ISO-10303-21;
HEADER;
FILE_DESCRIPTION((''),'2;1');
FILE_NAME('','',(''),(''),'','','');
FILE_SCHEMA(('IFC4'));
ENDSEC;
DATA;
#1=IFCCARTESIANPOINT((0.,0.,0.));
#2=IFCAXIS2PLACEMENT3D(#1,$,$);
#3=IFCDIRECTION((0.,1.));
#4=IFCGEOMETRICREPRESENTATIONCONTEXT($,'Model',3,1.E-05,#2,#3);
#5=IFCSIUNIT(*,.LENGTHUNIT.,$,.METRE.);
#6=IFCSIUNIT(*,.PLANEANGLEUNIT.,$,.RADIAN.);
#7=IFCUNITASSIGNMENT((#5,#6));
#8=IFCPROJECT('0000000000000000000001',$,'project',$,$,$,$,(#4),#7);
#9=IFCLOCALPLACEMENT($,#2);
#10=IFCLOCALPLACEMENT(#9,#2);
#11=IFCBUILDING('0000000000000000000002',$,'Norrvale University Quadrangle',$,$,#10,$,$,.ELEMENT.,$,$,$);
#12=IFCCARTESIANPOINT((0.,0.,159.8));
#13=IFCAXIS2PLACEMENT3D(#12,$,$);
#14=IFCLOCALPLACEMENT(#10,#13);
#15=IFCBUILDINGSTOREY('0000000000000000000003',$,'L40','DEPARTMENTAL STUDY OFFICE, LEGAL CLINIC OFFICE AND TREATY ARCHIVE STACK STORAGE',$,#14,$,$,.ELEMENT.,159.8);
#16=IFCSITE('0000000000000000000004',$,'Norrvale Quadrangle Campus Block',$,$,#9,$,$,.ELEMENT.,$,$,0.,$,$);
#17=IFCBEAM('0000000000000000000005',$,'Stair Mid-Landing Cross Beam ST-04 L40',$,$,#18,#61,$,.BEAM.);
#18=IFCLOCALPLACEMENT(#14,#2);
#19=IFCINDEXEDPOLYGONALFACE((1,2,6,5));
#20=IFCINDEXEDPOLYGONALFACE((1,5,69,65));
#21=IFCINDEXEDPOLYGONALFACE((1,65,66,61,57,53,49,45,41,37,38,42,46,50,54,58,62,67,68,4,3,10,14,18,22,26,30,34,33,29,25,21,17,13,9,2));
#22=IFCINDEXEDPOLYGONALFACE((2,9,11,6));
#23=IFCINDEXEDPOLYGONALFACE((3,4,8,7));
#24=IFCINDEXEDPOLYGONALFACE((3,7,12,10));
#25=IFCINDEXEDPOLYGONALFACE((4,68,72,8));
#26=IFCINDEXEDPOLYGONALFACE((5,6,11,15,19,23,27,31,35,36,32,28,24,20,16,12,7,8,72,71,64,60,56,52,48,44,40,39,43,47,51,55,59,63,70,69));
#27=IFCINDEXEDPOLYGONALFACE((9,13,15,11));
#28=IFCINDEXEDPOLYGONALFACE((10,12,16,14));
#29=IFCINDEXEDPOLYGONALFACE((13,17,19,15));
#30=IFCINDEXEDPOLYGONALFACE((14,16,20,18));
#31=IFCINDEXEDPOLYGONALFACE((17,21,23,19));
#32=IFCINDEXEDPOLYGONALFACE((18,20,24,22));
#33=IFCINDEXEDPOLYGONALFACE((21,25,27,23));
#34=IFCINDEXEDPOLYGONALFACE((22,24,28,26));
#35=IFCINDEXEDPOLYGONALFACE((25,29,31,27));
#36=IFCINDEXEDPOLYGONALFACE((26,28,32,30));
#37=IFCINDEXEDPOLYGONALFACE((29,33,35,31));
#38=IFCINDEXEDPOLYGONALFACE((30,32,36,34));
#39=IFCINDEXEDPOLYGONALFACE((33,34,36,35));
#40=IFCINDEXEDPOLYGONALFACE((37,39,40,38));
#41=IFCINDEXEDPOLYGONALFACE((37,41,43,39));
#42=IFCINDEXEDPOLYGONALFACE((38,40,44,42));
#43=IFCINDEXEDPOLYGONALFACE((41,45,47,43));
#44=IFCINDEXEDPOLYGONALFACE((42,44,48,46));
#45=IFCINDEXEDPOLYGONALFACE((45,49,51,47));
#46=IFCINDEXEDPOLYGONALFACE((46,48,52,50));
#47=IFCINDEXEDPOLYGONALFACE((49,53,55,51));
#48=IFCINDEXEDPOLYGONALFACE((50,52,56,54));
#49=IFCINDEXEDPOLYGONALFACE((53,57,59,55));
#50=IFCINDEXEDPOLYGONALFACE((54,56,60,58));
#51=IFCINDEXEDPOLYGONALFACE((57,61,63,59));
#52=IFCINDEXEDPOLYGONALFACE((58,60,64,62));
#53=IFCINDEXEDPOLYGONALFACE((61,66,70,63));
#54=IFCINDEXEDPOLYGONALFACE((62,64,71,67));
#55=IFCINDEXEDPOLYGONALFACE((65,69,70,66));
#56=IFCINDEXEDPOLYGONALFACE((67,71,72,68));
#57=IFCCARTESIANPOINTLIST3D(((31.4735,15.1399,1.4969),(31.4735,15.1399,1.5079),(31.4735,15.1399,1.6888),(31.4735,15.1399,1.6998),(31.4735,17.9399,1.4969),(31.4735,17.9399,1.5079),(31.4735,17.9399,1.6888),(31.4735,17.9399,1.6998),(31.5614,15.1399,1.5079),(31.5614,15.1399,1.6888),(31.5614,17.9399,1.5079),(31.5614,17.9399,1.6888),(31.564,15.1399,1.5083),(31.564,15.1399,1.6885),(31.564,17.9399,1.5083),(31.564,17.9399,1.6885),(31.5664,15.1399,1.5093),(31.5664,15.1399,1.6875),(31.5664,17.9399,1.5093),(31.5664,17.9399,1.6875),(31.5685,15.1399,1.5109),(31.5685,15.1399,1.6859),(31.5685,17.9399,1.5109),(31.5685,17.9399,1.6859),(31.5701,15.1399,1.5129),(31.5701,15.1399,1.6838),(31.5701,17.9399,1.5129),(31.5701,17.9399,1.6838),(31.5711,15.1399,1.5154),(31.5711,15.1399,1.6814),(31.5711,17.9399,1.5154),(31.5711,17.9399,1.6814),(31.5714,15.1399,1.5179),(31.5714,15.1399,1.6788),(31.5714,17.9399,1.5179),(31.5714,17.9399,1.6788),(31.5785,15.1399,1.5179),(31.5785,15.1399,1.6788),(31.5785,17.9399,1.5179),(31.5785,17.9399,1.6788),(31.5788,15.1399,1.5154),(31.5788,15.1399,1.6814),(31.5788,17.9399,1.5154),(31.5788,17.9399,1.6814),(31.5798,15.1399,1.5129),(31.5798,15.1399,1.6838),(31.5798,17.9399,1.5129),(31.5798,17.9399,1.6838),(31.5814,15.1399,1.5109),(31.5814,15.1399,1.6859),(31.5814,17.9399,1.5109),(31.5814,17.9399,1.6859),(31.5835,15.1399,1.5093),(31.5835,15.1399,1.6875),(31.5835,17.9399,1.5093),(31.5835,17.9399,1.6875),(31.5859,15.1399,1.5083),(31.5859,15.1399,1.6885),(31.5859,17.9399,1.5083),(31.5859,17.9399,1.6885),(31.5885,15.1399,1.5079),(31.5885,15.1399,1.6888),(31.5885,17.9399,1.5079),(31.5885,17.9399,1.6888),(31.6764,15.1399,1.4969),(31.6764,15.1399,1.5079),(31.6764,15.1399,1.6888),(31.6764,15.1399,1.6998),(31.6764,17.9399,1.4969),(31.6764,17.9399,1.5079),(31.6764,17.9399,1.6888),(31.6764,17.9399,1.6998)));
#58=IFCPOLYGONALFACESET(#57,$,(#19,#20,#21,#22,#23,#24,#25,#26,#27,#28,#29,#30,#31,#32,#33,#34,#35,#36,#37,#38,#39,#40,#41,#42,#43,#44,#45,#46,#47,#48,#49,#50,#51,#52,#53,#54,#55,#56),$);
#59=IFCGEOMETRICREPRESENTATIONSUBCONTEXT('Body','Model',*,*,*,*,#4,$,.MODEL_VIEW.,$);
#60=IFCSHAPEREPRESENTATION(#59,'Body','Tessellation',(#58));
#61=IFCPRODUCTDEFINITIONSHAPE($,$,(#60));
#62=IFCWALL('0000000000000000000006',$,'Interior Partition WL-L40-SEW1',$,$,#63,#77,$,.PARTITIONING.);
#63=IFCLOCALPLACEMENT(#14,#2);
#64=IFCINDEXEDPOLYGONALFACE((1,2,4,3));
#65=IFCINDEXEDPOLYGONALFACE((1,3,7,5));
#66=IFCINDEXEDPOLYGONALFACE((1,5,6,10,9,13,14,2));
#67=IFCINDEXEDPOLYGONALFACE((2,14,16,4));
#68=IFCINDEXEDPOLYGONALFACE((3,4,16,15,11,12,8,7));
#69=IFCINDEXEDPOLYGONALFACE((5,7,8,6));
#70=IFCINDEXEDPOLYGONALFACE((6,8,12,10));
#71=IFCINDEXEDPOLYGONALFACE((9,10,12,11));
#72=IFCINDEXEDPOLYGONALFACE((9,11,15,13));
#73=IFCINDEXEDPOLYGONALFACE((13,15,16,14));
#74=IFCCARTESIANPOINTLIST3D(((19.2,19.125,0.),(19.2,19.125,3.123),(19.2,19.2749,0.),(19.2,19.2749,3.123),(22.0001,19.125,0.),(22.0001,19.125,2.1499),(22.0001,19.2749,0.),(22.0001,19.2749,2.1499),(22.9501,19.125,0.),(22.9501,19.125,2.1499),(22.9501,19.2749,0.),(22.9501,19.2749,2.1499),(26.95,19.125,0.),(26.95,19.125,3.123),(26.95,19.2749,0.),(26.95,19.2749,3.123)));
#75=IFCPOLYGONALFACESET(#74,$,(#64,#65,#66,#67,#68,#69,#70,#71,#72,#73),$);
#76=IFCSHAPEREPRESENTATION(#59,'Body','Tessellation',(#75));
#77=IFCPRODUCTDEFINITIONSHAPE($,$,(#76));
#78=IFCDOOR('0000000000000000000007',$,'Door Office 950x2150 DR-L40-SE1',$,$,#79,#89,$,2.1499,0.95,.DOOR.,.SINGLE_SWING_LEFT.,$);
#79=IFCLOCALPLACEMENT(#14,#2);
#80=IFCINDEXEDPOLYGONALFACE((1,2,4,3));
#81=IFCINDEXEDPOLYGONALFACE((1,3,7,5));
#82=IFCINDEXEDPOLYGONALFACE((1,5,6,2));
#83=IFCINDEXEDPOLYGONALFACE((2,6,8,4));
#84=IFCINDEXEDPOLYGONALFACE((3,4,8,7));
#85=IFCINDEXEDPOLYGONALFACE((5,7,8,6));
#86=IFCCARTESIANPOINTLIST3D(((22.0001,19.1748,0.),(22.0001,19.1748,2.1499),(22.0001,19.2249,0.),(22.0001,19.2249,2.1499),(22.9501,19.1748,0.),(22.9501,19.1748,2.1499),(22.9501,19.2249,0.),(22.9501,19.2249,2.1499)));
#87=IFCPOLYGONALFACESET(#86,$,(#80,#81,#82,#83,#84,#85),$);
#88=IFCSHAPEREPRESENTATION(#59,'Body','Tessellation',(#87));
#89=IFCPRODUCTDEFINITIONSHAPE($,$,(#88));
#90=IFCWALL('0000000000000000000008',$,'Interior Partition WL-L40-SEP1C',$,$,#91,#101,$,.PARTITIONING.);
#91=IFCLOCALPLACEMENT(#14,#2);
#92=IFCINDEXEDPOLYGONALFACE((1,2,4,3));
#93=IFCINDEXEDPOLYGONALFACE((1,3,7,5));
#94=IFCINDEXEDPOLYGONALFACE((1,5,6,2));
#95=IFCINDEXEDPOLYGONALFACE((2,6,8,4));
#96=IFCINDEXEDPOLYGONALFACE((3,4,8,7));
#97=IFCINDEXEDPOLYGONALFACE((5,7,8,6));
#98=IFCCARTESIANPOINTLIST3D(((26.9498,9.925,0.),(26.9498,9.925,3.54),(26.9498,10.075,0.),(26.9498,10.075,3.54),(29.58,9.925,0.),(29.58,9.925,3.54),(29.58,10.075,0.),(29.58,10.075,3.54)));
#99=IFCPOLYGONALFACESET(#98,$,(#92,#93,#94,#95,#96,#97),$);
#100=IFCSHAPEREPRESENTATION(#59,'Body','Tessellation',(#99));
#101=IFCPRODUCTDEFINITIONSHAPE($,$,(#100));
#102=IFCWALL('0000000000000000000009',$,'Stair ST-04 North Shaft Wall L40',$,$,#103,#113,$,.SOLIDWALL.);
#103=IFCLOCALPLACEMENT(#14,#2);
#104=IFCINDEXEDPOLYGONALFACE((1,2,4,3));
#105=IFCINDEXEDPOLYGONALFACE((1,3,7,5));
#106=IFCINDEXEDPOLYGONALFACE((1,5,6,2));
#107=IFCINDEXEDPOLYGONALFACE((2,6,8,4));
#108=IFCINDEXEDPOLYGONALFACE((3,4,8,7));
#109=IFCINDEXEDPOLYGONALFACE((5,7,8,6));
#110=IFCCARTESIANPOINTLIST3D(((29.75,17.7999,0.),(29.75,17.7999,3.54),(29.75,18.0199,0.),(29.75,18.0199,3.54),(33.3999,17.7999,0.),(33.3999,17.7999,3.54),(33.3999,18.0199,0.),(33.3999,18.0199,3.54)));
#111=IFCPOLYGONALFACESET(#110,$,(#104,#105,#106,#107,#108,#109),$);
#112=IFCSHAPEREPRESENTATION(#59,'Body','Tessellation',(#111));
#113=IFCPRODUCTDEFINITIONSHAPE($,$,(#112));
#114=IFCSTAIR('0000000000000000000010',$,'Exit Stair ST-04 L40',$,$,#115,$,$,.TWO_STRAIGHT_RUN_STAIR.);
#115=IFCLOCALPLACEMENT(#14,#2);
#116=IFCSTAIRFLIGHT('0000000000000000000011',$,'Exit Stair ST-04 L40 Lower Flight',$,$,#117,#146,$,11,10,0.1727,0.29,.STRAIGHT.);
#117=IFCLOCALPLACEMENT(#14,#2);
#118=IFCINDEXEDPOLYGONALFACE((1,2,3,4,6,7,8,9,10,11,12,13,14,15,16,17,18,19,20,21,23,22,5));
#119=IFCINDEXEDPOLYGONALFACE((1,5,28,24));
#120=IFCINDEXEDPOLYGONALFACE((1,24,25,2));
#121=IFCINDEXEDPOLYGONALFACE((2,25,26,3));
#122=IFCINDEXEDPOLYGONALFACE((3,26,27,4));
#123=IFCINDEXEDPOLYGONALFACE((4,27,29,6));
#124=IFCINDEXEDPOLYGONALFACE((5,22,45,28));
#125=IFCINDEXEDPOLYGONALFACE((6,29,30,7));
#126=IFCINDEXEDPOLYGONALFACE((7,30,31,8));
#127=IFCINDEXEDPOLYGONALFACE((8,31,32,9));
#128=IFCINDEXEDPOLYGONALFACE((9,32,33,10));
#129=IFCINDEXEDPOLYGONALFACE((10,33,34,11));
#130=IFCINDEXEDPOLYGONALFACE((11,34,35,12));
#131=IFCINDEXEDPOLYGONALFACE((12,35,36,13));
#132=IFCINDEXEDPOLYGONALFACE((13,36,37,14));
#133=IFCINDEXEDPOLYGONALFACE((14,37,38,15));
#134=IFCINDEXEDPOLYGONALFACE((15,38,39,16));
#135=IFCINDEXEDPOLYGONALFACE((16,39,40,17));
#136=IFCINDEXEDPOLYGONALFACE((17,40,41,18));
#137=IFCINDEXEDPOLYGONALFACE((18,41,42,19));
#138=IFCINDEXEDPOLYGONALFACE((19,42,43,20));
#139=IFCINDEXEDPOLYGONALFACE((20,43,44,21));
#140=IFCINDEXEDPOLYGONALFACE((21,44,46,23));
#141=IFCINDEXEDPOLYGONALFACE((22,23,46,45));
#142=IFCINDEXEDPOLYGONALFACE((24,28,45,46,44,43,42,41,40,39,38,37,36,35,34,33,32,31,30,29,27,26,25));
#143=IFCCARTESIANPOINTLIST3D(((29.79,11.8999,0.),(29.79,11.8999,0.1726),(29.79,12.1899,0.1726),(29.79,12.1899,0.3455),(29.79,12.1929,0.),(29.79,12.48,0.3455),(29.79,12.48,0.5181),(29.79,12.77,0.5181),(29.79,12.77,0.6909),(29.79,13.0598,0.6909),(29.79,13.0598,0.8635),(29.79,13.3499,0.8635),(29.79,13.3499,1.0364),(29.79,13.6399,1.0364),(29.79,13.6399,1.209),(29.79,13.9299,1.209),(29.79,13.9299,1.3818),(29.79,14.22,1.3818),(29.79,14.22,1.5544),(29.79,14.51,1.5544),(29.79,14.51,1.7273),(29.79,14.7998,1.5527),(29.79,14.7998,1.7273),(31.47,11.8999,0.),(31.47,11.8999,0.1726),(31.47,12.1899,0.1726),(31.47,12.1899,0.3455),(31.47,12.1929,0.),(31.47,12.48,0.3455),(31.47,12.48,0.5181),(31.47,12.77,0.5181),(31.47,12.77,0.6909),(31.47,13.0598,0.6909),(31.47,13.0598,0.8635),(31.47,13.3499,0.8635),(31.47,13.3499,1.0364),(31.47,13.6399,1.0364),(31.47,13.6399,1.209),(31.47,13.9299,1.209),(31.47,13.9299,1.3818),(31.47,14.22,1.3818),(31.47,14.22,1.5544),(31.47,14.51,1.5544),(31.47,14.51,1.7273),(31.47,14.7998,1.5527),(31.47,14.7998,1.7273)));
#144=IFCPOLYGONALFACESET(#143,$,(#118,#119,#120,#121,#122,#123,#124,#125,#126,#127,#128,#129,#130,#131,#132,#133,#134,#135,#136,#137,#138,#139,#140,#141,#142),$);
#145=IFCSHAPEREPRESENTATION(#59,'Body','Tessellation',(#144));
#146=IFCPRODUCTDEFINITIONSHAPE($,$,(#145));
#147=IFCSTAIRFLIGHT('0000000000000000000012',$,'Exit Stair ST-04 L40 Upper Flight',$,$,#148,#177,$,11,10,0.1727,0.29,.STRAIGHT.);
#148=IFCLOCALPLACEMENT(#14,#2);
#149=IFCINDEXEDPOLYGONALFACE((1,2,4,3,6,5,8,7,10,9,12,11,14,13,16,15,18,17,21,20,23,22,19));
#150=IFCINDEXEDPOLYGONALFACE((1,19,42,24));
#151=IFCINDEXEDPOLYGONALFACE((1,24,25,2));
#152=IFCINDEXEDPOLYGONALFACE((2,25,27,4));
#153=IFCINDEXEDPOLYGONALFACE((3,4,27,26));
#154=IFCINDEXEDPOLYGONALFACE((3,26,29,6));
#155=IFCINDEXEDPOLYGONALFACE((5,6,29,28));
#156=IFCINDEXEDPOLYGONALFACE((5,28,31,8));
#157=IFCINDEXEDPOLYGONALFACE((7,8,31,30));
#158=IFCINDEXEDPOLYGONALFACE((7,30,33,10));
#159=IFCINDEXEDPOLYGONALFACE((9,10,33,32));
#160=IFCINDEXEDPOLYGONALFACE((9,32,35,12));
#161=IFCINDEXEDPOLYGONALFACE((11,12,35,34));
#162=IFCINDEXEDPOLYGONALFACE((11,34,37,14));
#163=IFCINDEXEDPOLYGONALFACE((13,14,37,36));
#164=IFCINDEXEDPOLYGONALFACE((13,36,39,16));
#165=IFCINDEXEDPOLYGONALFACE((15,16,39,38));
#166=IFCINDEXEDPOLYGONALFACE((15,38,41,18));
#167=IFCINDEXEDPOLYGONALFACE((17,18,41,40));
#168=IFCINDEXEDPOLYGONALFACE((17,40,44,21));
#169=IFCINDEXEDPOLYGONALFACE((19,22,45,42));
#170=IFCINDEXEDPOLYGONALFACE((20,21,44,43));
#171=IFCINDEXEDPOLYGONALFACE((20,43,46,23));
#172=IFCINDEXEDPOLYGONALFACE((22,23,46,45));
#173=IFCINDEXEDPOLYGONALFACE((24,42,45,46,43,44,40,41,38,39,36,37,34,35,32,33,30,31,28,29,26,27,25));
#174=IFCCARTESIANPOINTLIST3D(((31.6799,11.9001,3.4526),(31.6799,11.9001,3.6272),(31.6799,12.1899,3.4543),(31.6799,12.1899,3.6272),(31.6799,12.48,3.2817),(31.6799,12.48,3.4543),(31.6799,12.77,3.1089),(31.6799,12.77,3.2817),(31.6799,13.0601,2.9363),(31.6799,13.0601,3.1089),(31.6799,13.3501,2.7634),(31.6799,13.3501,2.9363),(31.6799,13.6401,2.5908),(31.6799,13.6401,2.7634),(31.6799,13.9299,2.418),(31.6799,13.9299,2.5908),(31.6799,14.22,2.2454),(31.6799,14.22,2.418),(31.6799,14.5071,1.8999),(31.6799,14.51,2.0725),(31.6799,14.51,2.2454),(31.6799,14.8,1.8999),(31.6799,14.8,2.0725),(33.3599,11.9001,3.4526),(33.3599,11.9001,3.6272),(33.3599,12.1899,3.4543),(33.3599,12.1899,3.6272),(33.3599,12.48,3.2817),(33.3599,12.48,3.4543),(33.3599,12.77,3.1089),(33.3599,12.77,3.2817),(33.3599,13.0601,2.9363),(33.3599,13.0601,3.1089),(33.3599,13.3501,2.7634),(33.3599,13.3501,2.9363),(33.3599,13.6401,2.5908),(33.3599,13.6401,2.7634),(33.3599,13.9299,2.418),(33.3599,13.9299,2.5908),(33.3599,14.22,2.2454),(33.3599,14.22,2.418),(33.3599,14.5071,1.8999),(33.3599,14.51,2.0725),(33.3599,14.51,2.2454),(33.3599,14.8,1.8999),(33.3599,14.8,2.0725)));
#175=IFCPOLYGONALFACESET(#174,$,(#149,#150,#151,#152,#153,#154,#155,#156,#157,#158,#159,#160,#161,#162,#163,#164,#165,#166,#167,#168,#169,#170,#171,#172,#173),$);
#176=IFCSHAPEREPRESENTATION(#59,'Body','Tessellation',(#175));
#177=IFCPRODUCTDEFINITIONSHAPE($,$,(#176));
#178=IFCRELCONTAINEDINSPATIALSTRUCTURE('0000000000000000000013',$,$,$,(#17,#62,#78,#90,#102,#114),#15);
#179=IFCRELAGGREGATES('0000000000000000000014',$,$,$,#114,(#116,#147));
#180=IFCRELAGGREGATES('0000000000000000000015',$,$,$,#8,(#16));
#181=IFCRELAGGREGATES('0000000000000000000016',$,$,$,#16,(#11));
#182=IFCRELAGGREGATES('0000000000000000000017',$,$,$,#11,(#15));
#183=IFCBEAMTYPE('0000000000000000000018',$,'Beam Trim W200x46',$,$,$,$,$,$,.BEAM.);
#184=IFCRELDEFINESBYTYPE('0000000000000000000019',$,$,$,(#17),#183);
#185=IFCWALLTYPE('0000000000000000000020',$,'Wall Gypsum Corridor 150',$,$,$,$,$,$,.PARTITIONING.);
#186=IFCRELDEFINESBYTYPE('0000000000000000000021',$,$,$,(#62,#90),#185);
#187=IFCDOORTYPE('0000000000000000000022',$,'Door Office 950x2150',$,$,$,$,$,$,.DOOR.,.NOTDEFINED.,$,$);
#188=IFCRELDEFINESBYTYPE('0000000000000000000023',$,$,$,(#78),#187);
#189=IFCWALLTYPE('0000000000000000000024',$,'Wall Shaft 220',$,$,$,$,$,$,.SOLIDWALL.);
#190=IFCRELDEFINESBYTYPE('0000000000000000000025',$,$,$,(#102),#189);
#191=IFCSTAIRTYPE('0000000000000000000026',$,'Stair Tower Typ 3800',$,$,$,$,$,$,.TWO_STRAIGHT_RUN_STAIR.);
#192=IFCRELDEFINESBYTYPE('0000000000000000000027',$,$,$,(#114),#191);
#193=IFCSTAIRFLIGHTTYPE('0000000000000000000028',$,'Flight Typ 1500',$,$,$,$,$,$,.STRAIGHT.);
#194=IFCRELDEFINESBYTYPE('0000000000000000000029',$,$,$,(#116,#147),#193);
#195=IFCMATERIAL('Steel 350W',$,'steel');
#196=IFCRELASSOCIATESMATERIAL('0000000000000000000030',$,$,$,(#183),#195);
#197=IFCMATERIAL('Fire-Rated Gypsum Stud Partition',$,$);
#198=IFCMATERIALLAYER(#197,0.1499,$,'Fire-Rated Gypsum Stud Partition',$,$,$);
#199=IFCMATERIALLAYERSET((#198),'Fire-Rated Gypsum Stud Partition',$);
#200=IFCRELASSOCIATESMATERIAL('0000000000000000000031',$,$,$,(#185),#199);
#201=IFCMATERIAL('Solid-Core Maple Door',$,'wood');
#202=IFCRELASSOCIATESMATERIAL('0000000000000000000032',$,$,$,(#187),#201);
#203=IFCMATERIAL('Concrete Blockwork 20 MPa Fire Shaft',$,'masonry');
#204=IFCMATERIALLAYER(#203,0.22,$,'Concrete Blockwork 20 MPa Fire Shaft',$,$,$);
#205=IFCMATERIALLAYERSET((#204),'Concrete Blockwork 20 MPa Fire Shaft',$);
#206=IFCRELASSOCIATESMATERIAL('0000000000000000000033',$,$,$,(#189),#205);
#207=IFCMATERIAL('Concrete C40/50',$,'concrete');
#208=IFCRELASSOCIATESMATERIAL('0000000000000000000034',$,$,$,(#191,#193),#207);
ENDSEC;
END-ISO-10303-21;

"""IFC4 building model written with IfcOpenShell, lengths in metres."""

from ifc_helpers import new_model, si_unit, direction, frame, frame_2d, origin, origin_2d, place, context, subcontext, project, spatial, polyline, rectangle, i_section, outline, extrude, material, layer, layer_set, material_profile, profile_set, type_object, element, fill, aggregate, save


model = new_model("IFC4")

# Units and contexts
model_context = context("Model", 3, precision=1e-05, world=origin(), true_north=direction((0.0, 1.0)))
body_context = subcontext(model_context, "Body", "Model", "MODEL_VIEW")
ifc_project = project(units=[si_unit("LENGTHUNIT", "METRE"), si_unit("PLANEANGLEUNIT", "RADIAN")], contexts=[model_context])

# Site, building, storey
site_placement = place(None, origin())
site = spatial("IfcSite", under=ifc_project, at=site_placement, Name="Norrvale Quadrangle Campus Block", CompositionType="ELEMENT", RefElevation=0.0)
building_placement = place(site_placement, origin())
building = spatial("IfcBuilding", under=site, at=building_placement, Name="Norrvale University Quadrangle", CompositionType="ELEMENT")
storey_placement = place(building_placement, frame((0.0, 0.0, 159.8)))
storey = spatial("IfcBuildingStorey", under=building, at=storey_placement, Name="L40", Description="DEPARTMENTAL STUDY OFFICE, LEGAL CLINIC OFFICE AND TREATY ARCHIVE STACK STORAGE", CompositionType="ELEMENT", Elevation=159.8)

# Beam
ifc_material_1 = material(Name="Steel 350W", Category="steel")
ifc_material_profile_1 = material_profile(ifc_material_1, i_section(OverallWidth=0.2029, OverallDepth=0.2029, WebThickness=0.0071, FlangeThickness=0.011, FilletRadius=0.01, at=origin_2d()), Name="Steel 350W")
ifc_profile_set_1 = profile_set([ifc_material_profile_1], Name="Steel 350W")
beam_type_1 = type_object("IfcBeamType", Name="Beam Trim W200x46", PredefinedType="BEAM", material=ifc_profile_set_1)
beam_1_placement = place(storey_placement, frame((31.575, 15.1399, 1.5984), z_axis=(0.0, 1.0, 0.0), x_axis=(-1.0, 0.0, 0.0)))
element("IfcBeam", 1, at=beam_1_placement, inside=storey, type_object=beam_type_1, Name="Stair Mid-Landing Cross Beam ST-04 L40", PredefinedType="BEAM", context=body_context, shape_type="SweptSolid", body=[
    extrude(i_section(OverallWidth=0.2029, OverallDepth=0.2029, WebThickness=0.0071, FlangeThickness=0.011, FilletRadius=0.01, at=origin_2d()), origin(), (0.0, 0.0, 1.0), 2.8),
])

# Wall, opening, door
ifc_material_2 = material(Name="Fire-Rated Gypsum Stud Partition")
ifc_layer_1 = layer(ifc_material_2, 0.1499, Name="Fire-Rated Gypsum Stud Partition")
ifc_layer_set_1 = layer_set([ifc_layer_1], Name="Fire-Rated Gypsum Stud Partition")
wall_type_1 = type_object("IfcWallType", Name="Wall Gypsum Corridor 150", PredefinedType="PARTITIONING", material=ifc_layer_set_1)
wall_1_placement = place(storey_placement, frame((19.2, 19.2, 0.0), z_axis=(0.0, 0.0, 1.0), x_axis=(1.0, 0.0, 0.0)))
wall_1 = element("IfcWall", 2, at=wall_1_placement, inside=storey, type_object=wall_type_1, Name="Interior Partition WL-L40-SEW1", PredefinedType="PARTITIONING", context=body_context, shape_type="SweptSolid", body=[
    extrude(rectangle(XDim=7.75, YDim=0.1499, at=frame_2d((3.875, 0.0))), origin(), (0.0, 0.0, 1.0), 3.123),
])
opening_placement = place(wall_1_placement, frame((2.8, 0.0, 0.0)))
opening = element("IfcOpeningElement", 3, at=opening_placement, cuts=wall_1, PredefinedType="OPENING", context=body_context, shape_type="SweptSolid", body=[
    extrude(rectangle(XDim=0.95, YDim=2.1499, at=frame_2d((0.4751, 1.075))), frame((0.0, 0.0869, 0.0), z_axis=(0.0, -1.0, 0.0), x_axis=(1.0, 0.0, 0.0)), (0.0, 0.0, 1.0), 0.1738),
])
ifc_material_3 = material(Name="Solid-Core Maple Door", Category="wood")
door_type = type_object("IfcDoorType", Name="Door Office 950x2150", OperationType="NOTDEFINED", PredefinedType="DOOR", material=ifc_material_3)
door_placement = place(opening_placement, origin())
door = element("IfcDoor", 4, at=door_placement, inside=storey, type_object=door_type, Name="Door Office 950x2150 DR-L40-SE1", OperationType="SINGLE_SWING_LEFT", OverallHeight=2.1499, OverallWidth=0.95, PredefinedType="DOOR", context=body_context, shape_type="SweptSolid", body=[
    extrude(rectangle(XDim=0.95, YDim=2.1499, at=frame_2d((0.4751, 1.075))), frame((0.0, 0.0249, 0.0), z_axis=(0.0, -1.0, 0.0), x_axis=(1.0, 0.0, 0.0)), (0.0, 0.0, 1.0), 0.05),
])
fill(opening, door)

# Walls
wall_2_placement = place(storey_placement, frame((26.95, 10.0, 0.0), z_axis=(0.0, 0.0, 1.0), x_axis=(1.0, 0.0, 0.0)))
element("IfcWall", 5, at=wall_2_placement, inside=storey, type_object=wall_type_1, Name="Interior Partition WL-L40-SEP1C", PredefinedType="PARTITIONING", context=body_context, shape_type="SweptSolid", body=[
    extrude(rectangle(XDim=2.6301, YDim=0.1499, at=frame_2d((1.3149, 0.0))), origin(), (0.0, 0.0, 1.0), 3.54),
])
ifc_material_4 = material(Name="Concrete Blockwork 20 MPa Fire Shaft", Category="masonry")
ifc_layer_2 = layer(ifc_material_4, 0.22, Name="Concrete Blockwork 20 MPa Fire Shaft")
ifc_layer_set_2 = layer_set([ifc_layer_2], Name="Concrete Blockwork 20 MPa Fire Shaft")
wall_type_2 = type_object("IfcWallType", Name="Wall Shaft 220", PredefinedType="SOLIDWALL", material=ifc_layer_set_2)
wall_3_placement = place(storey_placement, frame((29.75, 17.9099, 0.0), z_axis=(0.0, 0.0, 1.0), x_axis=(1.0, 0.0, 0.0)))
element("IfcWall", 6, at=wall_3_placement, inside=storey, type_object=wall_type_2, Name="Stair ST-04 North Shaft Wall L40", PredefinedType="SOLIDWALL", context=body_context, shape_type="SweptSolid", body=[
    extrude(rectangle(XDim=3.6499, YDim=0.22, at=frame_2d((1.825, 0.0))), origin(), (0.0, 0.0, 1.0), 3.54),
])

# Stair, stair flights
ifc_material_5 = material(Name="Concrete C40/50", Category="concrete")
stair_type = type_object("IfcStairType", Name="Stair Tower Typ 3800", PredefinedType="TWO_STRAIGHT_RUN_STAIR", material=ifc_material_5)
stair_placement = place(storey_placement, origin())
stair = element("IfcStair", 7, at=stair_placement, inside=storey, type_object=stair_type, Name="Exit Stair ST-04 L40", PredefinedType="TWO_STRAIGHT_RUN_STAIR")
stair_flight_type = type_object("IfcStairFlightType", Name="Flight Typ 1500", PredefinedType="STRAIGHT", material=ifc_material_5)
stair_flight_1_placement = place(storey_placement, frame((30.6299, 11.8999, 0.0), z_axis=(0.0, 0.0, 1.0), x_axis=(0.0, 1.0, 0.0)))
stair_flight_1 = element("IfcStairFlight", 8, at=stair_flight_1_placement, type_object=stair_flight_type, Name="Exit Stair ST-04 L40 Lower Flight", NumberOfRisers=11, NumberOfTreads=10, PredefinedType="STRAIGHT", RiserHeight=0.1727, TreadLength=0.29, context=body_context, shape_type="SweptSolid", body=[
    extrude(outline(polyline([(0.0, 0.0), (0.0, 0.1726), (0.29, 0.1726), (0.29, 0.3455), (0.5801, 0.3455), (0.5801, 0.5181), (0.8701, 0.5181), (0.8701, 0.6909), (1.1599, 0.6909), (1.1599, 0.8635), (1.45, 0.8635), (1.45, 1.0364), (1.74, 1.0364), (1.74, 1.209), (2.03, 1.209), (2.03, 1.3818), (2.3201, 1.3818), (2.3201, 1.5544), (2.6101, 1.5544), (2.6101, 1.7273), (2.8999, 1.7273), (2.8999, 1.8999), (2.8999, 1.5527), (0.293, 0.0), (0.0, 0.0)])), frame((0.0, 0.8398, 0.0), z_axis=(0.0, -1.0, 0.0), x_axis=(1.0, 0.0, 0.0)), (0.0, 0.0, 1.0), 1.6799),
])
stair_flight_2_placement = place(storey_placement, frame((32.52, 14.8, 1.8999), z_axis=(0.0, 0.0, 1.0), x_axis=(0.0, -1.0, 0.0)))
stair_flight_2 = element("IfcStairFlight", 9, at=stair_flight_2_placement, type_object=stair_flight_type, Name="Exit Stair ST-04 L40 Upper Flight", NumberOfRisers=11, NumberOfTreads=10, PredefinedType="STRAIGHT", RiserHeight=0.1727, TreadLength=0.29, context=body_context, shape_type="SweptSolid", body=[
    extrude(outline(polyline([(0.0, 0.0), (0.0, 0.1726), (0.29, 0.1726), (0.29, 0.3455), (0.5801, 0.3455), (0.5801, 0.5181), (0.8701, 0.5181), (0.8701, 0.6909), (1.1599, 0.6909), (1.1599, 0.8635), (1.45, 0.8635), (1.45, 1.0364), (1.74, 1.0364), (1.74, 1.209), (2.03, 1.209), (2.03, 1.3818), (2.3201, 1.3818), (2.3201, 1.5544), (2.6101, 1.5544), (2.6101, 1.7273), (2.8999, 1.7273), (2.8999, 1.8999), (2.8999, 1.5527), (0.293, 0.0), (0.0, 0.0)])), frame((0.0, 0.8398, 0.0), z_axis=(0.0, -1.0, 0.0), x_axis=(1.0, 0.0, 0.0)), (0.0, 0.0, 1.0), 1.6799),
])
aggregate(stair, [stair_flight_1, stair_flight_2])

save(model, "model.ifc")
